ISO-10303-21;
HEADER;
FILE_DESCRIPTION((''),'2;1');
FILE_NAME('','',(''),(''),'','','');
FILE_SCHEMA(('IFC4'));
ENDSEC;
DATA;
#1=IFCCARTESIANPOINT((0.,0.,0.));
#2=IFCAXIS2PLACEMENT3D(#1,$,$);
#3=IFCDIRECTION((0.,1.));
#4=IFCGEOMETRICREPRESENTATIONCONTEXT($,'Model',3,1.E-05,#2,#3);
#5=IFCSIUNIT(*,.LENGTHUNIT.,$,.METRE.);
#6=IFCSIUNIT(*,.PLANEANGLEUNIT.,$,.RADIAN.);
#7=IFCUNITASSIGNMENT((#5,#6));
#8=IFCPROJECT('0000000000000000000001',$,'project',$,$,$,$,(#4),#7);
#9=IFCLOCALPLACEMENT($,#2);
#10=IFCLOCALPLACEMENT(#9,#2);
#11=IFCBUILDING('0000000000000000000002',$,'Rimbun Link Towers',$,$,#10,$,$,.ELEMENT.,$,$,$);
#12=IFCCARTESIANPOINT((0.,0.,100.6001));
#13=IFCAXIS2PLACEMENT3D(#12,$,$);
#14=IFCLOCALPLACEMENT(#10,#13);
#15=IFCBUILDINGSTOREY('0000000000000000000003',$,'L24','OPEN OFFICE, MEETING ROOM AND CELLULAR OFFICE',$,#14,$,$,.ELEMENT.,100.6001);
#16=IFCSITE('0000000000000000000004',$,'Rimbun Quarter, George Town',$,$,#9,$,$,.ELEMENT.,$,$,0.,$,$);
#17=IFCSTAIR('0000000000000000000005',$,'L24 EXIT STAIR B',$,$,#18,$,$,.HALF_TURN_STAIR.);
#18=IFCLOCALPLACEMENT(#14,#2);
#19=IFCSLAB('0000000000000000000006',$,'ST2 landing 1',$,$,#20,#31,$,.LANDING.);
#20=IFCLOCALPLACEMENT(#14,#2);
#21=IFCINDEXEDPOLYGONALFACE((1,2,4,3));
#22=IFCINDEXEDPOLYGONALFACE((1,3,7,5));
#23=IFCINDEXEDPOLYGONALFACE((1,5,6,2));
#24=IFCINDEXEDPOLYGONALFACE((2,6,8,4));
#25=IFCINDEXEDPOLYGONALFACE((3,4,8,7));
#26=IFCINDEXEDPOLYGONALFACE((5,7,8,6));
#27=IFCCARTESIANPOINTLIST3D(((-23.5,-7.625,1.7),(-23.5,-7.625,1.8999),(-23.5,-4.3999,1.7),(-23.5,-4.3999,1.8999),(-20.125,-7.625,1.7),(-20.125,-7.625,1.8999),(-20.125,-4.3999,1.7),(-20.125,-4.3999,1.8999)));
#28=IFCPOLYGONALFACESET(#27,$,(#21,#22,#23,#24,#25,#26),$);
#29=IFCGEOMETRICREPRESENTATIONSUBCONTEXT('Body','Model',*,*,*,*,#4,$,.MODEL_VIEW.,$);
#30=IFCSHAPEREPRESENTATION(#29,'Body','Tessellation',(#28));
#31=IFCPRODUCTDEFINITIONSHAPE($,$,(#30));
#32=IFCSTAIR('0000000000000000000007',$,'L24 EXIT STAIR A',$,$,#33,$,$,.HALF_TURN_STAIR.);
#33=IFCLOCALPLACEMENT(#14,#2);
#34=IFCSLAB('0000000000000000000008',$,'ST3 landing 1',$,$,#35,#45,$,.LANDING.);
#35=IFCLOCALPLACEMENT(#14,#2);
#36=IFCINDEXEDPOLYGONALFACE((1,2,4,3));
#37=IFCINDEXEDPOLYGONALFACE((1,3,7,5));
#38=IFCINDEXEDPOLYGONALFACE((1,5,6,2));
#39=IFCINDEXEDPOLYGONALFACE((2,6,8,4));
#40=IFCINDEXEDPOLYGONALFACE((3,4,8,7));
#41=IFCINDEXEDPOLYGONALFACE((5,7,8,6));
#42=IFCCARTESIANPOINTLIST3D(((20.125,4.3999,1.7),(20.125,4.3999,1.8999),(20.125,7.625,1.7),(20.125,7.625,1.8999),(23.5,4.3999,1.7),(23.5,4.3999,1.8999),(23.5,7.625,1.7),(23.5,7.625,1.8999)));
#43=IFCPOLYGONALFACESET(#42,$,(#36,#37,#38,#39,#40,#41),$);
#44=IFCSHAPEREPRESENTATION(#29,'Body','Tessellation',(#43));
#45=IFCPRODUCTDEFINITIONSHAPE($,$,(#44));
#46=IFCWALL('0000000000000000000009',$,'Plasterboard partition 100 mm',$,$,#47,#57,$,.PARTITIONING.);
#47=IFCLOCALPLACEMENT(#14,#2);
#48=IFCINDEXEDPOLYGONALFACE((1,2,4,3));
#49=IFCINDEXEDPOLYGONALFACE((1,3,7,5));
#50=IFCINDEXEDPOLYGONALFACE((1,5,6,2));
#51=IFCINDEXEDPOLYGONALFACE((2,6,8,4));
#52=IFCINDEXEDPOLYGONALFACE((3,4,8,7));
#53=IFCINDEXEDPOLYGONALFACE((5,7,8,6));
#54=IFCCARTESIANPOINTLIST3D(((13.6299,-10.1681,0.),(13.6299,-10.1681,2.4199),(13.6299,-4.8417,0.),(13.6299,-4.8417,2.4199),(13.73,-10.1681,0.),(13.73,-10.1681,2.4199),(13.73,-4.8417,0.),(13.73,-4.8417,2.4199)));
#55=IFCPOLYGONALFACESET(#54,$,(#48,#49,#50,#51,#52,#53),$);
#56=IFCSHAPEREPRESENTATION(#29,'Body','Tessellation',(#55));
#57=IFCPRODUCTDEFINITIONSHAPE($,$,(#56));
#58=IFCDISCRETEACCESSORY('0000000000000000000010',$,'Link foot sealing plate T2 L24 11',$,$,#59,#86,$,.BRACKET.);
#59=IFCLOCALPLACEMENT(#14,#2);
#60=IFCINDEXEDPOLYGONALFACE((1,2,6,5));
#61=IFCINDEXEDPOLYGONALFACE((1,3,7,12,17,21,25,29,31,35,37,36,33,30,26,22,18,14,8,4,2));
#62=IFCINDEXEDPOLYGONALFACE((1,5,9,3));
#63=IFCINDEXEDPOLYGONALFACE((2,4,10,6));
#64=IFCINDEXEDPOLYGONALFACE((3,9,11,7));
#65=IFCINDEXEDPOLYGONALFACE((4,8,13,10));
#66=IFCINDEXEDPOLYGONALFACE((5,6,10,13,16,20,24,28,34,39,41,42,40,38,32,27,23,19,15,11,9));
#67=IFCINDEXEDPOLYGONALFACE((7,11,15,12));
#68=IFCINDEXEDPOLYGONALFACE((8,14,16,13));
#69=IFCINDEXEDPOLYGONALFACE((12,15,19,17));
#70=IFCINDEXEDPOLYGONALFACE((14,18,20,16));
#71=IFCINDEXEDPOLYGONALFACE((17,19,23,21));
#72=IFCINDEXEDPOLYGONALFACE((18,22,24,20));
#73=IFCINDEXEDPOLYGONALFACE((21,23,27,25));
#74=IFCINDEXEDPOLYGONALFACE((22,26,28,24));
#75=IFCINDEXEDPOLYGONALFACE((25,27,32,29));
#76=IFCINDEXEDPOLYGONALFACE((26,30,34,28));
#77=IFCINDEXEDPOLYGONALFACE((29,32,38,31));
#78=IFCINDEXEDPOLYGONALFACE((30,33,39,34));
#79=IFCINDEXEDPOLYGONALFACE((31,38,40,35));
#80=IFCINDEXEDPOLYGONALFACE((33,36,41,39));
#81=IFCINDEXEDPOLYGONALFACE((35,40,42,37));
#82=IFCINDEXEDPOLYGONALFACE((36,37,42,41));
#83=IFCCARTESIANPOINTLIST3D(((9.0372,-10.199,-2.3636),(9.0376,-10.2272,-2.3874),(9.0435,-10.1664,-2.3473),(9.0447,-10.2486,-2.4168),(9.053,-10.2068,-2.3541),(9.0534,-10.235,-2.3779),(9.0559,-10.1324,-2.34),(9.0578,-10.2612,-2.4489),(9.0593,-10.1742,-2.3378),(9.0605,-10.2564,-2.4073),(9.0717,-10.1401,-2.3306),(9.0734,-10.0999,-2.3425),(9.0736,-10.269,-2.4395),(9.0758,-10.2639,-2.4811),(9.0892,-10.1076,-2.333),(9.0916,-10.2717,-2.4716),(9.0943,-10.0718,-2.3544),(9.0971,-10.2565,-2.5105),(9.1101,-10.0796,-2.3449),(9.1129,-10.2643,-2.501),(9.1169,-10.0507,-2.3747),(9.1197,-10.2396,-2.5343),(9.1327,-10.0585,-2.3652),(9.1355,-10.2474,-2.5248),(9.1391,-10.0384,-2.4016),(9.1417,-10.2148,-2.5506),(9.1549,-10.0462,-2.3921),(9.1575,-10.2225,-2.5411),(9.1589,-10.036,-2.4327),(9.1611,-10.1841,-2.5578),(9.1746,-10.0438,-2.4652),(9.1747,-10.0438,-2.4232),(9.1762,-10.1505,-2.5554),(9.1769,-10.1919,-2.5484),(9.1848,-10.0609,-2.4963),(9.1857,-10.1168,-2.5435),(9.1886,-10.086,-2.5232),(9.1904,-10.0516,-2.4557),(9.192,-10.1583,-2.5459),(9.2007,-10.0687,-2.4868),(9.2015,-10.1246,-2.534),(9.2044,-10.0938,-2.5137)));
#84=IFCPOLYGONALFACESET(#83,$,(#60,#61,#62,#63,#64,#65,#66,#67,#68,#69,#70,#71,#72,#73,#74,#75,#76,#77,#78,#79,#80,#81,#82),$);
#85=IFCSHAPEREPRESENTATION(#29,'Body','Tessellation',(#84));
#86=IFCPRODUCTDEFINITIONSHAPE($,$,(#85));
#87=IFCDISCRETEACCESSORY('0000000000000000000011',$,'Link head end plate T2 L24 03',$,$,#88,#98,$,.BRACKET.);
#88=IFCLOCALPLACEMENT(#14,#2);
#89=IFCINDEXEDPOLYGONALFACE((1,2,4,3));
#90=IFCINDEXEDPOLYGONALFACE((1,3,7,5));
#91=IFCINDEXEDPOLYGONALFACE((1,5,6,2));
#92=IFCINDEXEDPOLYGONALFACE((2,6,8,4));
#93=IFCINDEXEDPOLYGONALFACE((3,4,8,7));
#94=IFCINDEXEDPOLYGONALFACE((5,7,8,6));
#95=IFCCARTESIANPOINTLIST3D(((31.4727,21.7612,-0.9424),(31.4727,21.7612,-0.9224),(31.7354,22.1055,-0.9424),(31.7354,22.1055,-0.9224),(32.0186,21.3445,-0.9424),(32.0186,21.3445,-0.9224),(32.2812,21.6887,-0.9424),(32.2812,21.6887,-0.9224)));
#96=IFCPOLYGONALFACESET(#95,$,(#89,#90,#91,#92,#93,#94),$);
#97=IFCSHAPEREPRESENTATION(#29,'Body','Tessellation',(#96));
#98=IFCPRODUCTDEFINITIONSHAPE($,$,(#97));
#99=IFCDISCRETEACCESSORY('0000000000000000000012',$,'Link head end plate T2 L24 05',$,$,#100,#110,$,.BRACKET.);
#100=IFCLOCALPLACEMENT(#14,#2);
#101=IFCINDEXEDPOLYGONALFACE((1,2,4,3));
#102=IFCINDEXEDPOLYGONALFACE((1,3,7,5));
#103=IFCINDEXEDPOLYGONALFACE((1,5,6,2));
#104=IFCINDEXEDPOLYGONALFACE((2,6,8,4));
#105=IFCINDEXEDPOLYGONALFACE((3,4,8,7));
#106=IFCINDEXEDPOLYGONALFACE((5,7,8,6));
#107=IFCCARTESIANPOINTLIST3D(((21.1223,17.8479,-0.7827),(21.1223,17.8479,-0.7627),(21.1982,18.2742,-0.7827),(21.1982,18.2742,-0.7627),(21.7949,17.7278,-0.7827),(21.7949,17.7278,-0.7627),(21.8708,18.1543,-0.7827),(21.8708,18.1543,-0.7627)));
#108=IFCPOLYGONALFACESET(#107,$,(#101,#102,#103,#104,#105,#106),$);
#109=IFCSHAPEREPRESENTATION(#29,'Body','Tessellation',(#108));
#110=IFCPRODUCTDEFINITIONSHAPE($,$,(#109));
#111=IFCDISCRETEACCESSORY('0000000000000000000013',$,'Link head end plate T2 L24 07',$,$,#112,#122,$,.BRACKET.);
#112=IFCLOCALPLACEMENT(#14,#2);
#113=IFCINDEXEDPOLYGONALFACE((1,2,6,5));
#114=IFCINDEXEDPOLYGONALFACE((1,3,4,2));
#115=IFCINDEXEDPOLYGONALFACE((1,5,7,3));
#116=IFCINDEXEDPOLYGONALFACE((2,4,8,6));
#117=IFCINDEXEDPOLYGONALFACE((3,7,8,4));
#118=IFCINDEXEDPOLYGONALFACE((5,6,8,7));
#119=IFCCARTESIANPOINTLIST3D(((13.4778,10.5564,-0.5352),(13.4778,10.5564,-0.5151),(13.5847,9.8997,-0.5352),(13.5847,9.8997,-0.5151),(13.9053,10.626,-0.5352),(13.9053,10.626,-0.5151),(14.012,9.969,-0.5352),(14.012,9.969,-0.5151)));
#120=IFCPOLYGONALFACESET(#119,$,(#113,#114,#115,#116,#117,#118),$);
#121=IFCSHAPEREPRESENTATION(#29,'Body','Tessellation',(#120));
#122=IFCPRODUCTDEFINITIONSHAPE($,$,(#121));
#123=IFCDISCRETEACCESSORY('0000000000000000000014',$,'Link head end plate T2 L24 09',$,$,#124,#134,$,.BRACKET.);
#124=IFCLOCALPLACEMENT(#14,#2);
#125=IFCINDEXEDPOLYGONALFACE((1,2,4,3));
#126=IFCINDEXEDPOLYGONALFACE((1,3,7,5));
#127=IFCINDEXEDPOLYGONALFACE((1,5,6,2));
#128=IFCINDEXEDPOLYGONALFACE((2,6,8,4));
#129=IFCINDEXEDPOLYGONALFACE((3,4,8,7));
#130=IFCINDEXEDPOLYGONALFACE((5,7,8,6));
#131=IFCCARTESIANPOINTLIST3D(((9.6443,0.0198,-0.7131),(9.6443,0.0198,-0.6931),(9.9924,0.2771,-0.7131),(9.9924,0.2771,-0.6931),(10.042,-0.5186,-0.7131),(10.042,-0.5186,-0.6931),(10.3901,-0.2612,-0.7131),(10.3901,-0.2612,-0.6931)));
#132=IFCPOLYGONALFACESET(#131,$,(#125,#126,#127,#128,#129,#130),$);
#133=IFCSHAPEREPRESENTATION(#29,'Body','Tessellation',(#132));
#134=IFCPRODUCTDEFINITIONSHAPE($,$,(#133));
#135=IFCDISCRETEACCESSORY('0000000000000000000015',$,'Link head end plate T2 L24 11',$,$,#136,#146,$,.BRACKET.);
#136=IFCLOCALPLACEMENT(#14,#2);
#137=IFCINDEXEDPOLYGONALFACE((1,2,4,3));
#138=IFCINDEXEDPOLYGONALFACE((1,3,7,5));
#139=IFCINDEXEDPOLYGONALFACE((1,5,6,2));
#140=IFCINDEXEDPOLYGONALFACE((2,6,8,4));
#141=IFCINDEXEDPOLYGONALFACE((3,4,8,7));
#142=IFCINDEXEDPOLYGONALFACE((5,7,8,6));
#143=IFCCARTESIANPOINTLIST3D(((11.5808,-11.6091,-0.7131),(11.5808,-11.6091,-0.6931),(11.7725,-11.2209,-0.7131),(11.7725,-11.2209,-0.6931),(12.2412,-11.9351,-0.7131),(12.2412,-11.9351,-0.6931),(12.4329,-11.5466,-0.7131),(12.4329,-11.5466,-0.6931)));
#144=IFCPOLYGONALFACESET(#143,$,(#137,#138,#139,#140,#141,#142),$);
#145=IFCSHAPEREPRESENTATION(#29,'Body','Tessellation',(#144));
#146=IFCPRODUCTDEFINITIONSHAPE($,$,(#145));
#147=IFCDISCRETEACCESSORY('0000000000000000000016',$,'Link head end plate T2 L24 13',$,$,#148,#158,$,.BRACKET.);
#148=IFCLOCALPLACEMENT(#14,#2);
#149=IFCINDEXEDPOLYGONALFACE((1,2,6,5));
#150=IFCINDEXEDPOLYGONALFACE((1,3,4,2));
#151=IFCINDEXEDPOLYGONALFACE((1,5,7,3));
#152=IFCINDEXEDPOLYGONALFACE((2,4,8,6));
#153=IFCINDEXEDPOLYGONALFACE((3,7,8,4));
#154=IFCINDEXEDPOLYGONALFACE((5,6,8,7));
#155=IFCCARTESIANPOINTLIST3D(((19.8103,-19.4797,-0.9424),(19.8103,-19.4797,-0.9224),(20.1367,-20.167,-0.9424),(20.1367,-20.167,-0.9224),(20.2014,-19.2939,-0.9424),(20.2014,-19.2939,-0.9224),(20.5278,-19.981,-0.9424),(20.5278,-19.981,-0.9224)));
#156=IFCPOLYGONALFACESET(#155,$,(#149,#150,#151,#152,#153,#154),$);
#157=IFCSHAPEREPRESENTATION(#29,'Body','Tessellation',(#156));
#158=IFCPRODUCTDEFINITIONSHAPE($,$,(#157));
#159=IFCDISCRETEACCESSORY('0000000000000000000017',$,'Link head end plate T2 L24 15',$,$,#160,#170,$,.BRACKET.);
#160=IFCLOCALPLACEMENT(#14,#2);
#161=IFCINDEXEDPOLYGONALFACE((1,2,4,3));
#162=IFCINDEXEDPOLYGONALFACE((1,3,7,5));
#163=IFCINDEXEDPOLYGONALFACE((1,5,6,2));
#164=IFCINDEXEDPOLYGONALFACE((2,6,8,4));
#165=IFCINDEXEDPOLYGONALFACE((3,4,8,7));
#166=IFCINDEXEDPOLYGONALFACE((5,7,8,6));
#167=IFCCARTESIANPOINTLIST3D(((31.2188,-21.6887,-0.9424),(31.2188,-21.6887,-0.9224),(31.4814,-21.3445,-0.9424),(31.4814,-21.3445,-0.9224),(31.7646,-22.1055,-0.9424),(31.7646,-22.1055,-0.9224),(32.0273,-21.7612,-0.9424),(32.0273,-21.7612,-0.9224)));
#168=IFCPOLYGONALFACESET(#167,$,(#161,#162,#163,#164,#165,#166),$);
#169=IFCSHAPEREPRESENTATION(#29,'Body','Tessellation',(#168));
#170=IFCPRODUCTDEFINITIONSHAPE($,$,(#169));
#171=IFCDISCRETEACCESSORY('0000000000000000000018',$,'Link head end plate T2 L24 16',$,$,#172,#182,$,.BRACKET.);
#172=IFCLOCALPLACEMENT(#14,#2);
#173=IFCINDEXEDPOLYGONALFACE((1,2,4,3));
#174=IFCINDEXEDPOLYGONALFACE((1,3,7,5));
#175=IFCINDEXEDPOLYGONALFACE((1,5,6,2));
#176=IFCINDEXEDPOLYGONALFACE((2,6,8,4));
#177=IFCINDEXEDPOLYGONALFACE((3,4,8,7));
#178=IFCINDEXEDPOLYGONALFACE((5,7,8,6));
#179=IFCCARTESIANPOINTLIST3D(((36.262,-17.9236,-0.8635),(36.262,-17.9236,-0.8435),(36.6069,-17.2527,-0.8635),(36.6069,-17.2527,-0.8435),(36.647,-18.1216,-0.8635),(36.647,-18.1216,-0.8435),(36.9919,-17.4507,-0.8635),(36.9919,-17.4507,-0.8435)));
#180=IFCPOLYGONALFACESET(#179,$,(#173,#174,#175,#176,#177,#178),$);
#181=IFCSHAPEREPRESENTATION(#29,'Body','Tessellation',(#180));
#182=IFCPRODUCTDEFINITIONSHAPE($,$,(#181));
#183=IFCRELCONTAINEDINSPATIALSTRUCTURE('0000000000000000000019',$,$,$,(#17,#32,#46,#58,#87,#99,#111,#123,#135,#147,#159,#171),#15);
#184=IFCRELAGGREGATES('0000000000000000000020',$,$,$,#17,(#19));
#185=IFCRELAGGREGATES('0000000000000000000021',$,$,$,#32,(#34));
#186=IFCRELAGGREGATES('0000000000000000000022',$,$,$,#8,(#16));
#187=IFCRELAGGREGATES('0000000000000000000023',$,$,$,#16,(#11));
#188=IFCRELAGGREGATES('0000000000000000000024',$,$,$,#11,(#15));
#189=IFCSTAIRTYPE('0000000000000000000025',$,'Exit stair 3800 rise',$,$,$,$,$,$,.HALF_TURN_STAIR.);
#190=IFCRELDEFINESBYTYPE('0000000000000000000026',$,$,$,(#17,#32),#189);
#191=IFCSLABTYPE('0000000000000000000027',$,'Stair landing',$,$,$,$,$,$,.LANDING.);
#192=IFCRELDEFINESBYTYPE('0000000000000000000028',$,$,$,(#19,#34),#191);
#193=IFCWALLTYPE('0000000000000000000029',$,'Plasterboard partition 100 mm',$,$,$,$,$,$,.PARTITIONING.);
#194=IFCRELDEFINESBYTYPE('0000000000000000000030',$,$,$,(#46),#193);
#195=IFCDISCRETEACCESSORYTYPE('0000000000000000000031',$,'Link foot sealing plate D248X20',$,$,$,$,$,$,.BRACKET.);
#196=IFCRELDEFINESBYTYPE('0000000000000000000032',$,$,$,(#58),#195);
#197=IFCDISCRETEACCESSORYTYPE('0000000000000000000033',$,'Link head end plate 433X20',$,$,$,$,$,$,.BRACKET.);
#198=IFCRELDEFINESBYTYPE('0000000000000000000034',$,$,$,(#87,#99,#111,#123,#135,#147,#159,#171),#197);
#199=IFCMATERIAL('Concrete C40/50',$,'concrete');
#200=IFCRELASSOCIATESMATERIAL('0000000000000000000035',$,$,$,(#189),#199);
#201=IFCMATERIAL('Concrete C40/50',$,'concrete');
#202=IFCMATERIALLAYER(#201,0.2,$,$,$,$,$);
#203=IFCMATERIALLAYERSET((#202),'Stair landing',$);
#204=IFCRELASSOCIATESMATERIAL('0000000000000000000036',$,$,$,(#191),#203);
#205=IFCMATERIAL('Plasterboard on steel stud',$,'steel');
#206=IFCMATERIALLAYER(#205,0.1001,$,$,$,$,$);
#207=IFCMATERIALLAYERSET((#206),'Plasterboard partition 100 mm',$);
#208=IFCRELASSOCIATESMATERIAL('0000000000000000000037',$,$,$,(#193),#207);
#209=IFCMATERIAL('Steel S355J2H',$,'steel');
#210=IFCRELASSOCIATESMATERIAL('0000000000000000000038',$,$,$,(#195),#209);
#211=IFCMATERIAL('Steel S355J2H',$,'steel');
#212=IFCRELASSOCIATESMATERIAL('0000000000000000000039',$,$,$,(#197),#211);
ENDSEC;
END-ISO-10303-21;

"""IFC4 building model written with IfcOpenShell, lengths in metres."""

from ifc_helpers import new_model, si_unit, direction, frame, frame_2d, origin, origin_2d, place, context, subcontext, project, spatial, polyline, rectangle, circle, outline, extrude, material, layer, layer_set, material_profile, profile_set, type_object, element, aggregate, save


model = new_model("IFC4")

# Units and contexts
model_context = context("Model", 3, precision=1e-05, world=origin(), true_north=direction((0.0, 1.0)))
body_context = subcontext(model_context, "Body", "Model", "MODEL_VIEW")
ifc_project = project(units=[si_unit("LENGTHUNIT", "METRE"), si_unit("PLANEANGLEUNIT", "RADIAN")], contexts=[model_context])

# Site, building, storey
site_placement = place(None, origin())
site = spatial("IfcSite", under=ifc_project, at=site_placement, Name="Rimbun Quarter, George Town", CompositionType="ELEMENT", RefElevation=0.0)
building_placement = place(site_placement, origin())
building = spatial("IfcBuilding", under=site, at=building_placement, Name="Rimbun Link Towers", CompositionType="ELEMENT")
storey_placement = place(building_placement, frame((0.0, 0.0, 100.6001)))
storey = spatial("IfcBuildingStorey", under=building, at=storey_placement, Name="L24", Description="OPEN OFFICE, MEETING ROOM AND CELLULAR OFFICE", CompositionType="ELEMENT", Elevation=100.6001)

# Stairs, slabs
ifc_material_1 = material(Name="Concrete C40/50", Category="concrete")
stair_type = type_object("IfcStairType", Name="Exit stair 3800 rise", PredefinedType="HALF_TURN_STAIR", material=ifc_material_1)
ifc_material_2 = material(Name="Concrete C40/50", Category="concrete")
ifc_layer_1 = layer(ifc_material_2, 0.2)
ifc_layer_set_1 = layer_set([ifc_layer_1], Name="Stair landing")
slab_type = type_object("IfcSlabType", Name="Stair landing", PredefinedType="LANDING", material=ifc_layer_set_1)
stair_1_placement = place(storey_placement, origin())
stair_1 = element("IfcStair", 1, at=stair_1_placement, inside=storey, type_object=stair_type, Name="L24 EXIT STAIR B", PredefinedType="HALF_TURN_STAIR")
slab_1_placement = place(storey_placement, frame((0.0, 0.0, 1.7)))
slab_1 = element("IfcSlab", 2, at=slab_1_placement, type_object=slab_type, Name="ST2 landing 1", PredefinedType="LANDING", context=body_context, shape_type="SweptSolid", body=[
    extrude(outline(polyline([(-23.5, -7.625), (-20.125, -7.625), (-20.125, -4.3999), (-23.5, -4.3999), (-23.5, -7.625)])), origin(), (0.0, 0.0, 1.0), 0.2),
])
aggregate(stair_1, [slab_1])
stair_2_placement = place(storey_placement, origin())
stair_2 = element("IfcStair", 3, at=stair_2_placement, inside=storey, type_object=stair_type, Name="L24 EXIT STAIR A", PredefinedType="HALF_TURN_STAIR")
slab_2_placement = place(storey_placement, frame((0.0, 0.0, 1.7)))
slab_2 = element("IfcSlab", 4, at=slab_2_placement, type_object=slab_type, Name="ST3 landing 1", PredefinedType="LANDING", context=body_context, shape_type="SweptSolid", body=[
    extrude(outline(polyline([(23.5, 7.625), (20.125, 7.625), (20.125, 4.3999), (23.5, 4.3999), (23.5, 7.625)])), origin(), (0.0, 0.0, 1.0), 0.2),
])
aggregate(stair_2, [slab_2])

# Wall
ifc_material_3 = material(Name="Plasterboard on steel stud", Category="steel")
ifc_layer_2 = layer(ifc_material_3, 0.1001)
ifc_layer_set_2 = layer_set([ifc_layer_2], Name="Plasterboard partition 100 mm")
wall_type = type_object("IfcWallType", Name="Plasterboard partition 100 mm", PredefinedType="PARTITIONING", material=ifc_layer_set_2)
wall_placement = place(storey_placement, frame((13.6799, -4.8418, 0.0), z_axis=(0.0, 0.0, 1.0), x_axis=(0.0, -1.0, 0.0)))
element("IfcWall", 5, at=wall_placement, inside=storey, type_object=wall_type, Name="Plasterboard partition 100 mm", PredefinedType="PARTITIONING", context=body_context, shape_type="SweptSolid", body=[
    extrude(rectangle(XDim=5.3264, YDim=0.1001, at=frame_2d((2.6631, 0.0))), origin(), (0.0, 0.0, 1.0), 2.4199),
])

# Discrete accessories
ifc_material_4 = material(Name="Steel S355J2H", Category="steel")
ifc_material_profile_1 = material_profile(ifc_material_4, circle(Radius=0.124, at=origin_2d()), Name="PL D248")
ifc_profile_set_1 = profile_set([ifc_material_profile_1], Name="Steel S355J2H")
discrete_accessory_type_1 = type_object("IfcDiscreteAccessoryType", Name="Link foot sealing plate D248X20", PredefinedType="BRACKET", material=ifc_profile_set_1)
discrete_accessory_1_placement = place(storey_placement, frame((9.1284, -10.1577, -2.4395), z_axis=(-0.789985, 0.388916, -0.473991), x_axis=(-0.441684, -0.897171, 0.0)))
element("IfcDiscreteAccessory", 6, at=discrete_accessory_1_placement, inside=storey, type_object=discrete_accessory_type_1, Name="Link foot sealing plate T2 L24 11", PredefinedType="BRACKET", context=body_context, shape_type="SweptSolid", body=[
    extrude(circle(Radius=0.124, at=origin_2d()), origin(), (0.0, 0.0, 1.0), 0.02),
])
ifc_material_5 = material(Name="Steel S355J2H", Category="steel")
ifc_material_profile_2 = material_profile(ifc_material_5, rectangle(XDim=0.4331, YDim=0.4331, at=origin_2d()), Name="PL 433x433")
ifc_profile_set_2 = profile_set([ifc_material_profile_2], Name="Steel S355J2H")
discrete_accessory_type_2 = type_object("IfcDiscreteAccessoryType", Name="Link head end plate 433X20", PredefinedType="BRACKET", material=ifc_profile_set_2)
discrete_accessory_2_placement = place(storey_placement, frame((0.0, 0.0, -0.9424)))
element("IfcDiscreteAccessory", 7, at=discrete_accessory_2_placement, inside=storey, type_object=discrete_accessory_type_2, Name="Link head end plate T2 L24 03", PredefinedType="BRACKET", context=body_context, shape_type="SweptSolid", body=[
    extrude(outline(polyline([(32.2812, 21.6887), (31.7354, 22.1055), (31.4727, 21.7612), (32.0186, 21.3445), (32.2812, 21.6887)])), origin(), (0.0, 0.0, 1.0), 0.02),
])
discrete_accessory_3_placement = place(storey_placement, frame((0.0, 0.0, -0.7827)))
element("IfcDiscreteAccessory", 8, at=discrete_accessory_3_placement, inside=storey, type_object=discrete_accessory_type_2, Name="Link head end plate T2 L24 05", PredefinedType="BRACKET", context=body_context, shape_type="SweptSolid", body=[
    extrude(outline(polyline([(21.8708, 18.1543), (21.1982, 18.2742), (21.1223, 17.8479), (21.7949, 17.7278), (21.8708, 18.1543)])), origin(), (0.0, 0.0, 1.0), 0.02),
])
discrete_accessory_4_placement = place(storey_placement, frame((0.0, 0.0, -0.5352)))
element("IfcDiscreteAccessory", 9, at=discrete_accessory_4_placement, inside=storey, type_object=discrete_accessory_type_2, Name="Link head end plate T2 L24 07", PredefinedType="BRACKET", context=body_context, shape_type="SweptSolid", body=[
    extrude(outline(polyline([(14.012, 9.969), (13.9053, 10.626), (13.4778, 10.5564), (13.5847, 9.8997), (14.012, 9.969)])), origin(), (0.0, 0.0, 1.0), 0.02),
])
discrete_accessory_5_placement = place(storey_placement, frame((0.0, 0.0, -0.7131)))
element("IfcDiscreteAccessory", 10, at=discrete_accessory_5_placement, inside=storey, type_object=discrete_accessory_type_2, Name="Link head end plate T2 L24 09", PredefinedType="BRACKET", context=body_context, shape_type="SweptSolid", body=[
    extrude(outline(polyline([(10.3901, -0.2612), (9.9924, 0.2771), (9.6443, 0.0198), (10.042, -0.5186), (10.3901, -0.2612)])), origin(), (0.0, 0.0, 1.0), 0.02),
])
discrete_accessory_6_placement = place(storey_placement, frame((0.0, 0.0, -0.7131)))
element("IfcDiscreteAccessory", 11, at=discrete_accessory_6_placement, inside=storey, type_object=discrete_accessory_type_2, Name="Link head end plate T2 L24 11", PredefinedType="BRACKET", context=body_context, shape_type="SweptSolid", body=[
    extrude(outline(polyline([(12.4329, -11.5466), (11.7725, -11.2209), (11.5808, -11.6091), (12.2412, -11.9351), (12.4329, -11.5466)])), origin(), (0.0, 0.0, 1.0), 0.02),
])
discrete_accessory_7_placement = place(storey_placement, frame((0.0, 0.0, -0.9424)))
element("IfcDiscreteAccessory", 12, at=discrete_accessory_7_placement, inside=storey, type_object=discrete_accessory_type_2, Name="Link head end plate T2 L24 13", PredefinedType="BRACKET", context=body_context, shape_type="SweptSolid", body=[
    extrude(outline(polyline([(19.8103, -19.4797), (20.1367, -20.167), (20.5278, -19.981), (20.2014, -19.2939), (19.8103, -19.4797)])), origin(), (0.0, 0.0, 1.0), 0.02),
])
discrete_accessory_8_placement = place(storey_placement, frame((0.0, 0.0, -0.9424)))
element("IfcDiscreteAccessory", 13, at=discrete_accessory_8_placement, inside=storey, type_object=discrete_accessory_type_2, Name="Link head end plate T2 L24 15", PredefinedType="BRACKET", context=body_context, shape_type="SweptSolid", body=[
    extrude(outline(polyline([(31.2188, -21.6887), (31.7646, -22.1055), (32.0273, -21.7612), (31.4814, -21.3445), (31.2188, -21.6887)])), origin(), (0.0, 0.0, 1.0), 0.02),
])
discrete_accessory_9_placement = place(storey_placement, frame((0.0, 0.0, -0.8635)))
element("IfcDiscreteAccessory", 14, at=discrete_accessory_9_placement, inside=storey, type_object=discrete_accessory_type_2, Name="Link head end plate T2 L24 16", PredefinedType="BRACKET", context=body_context, shape_type="SweptSolid", body=[
    extrude(outline(polyline([(36.6069, -17.2527), (36.262, -17.9236), (36.647, -18.1216), (36.9919, -17.4507), (36.6069, -17.2527)])), origin(), (0.0, 0.0, 1.0), 0.02),
])

save(model, "model.ifc")
